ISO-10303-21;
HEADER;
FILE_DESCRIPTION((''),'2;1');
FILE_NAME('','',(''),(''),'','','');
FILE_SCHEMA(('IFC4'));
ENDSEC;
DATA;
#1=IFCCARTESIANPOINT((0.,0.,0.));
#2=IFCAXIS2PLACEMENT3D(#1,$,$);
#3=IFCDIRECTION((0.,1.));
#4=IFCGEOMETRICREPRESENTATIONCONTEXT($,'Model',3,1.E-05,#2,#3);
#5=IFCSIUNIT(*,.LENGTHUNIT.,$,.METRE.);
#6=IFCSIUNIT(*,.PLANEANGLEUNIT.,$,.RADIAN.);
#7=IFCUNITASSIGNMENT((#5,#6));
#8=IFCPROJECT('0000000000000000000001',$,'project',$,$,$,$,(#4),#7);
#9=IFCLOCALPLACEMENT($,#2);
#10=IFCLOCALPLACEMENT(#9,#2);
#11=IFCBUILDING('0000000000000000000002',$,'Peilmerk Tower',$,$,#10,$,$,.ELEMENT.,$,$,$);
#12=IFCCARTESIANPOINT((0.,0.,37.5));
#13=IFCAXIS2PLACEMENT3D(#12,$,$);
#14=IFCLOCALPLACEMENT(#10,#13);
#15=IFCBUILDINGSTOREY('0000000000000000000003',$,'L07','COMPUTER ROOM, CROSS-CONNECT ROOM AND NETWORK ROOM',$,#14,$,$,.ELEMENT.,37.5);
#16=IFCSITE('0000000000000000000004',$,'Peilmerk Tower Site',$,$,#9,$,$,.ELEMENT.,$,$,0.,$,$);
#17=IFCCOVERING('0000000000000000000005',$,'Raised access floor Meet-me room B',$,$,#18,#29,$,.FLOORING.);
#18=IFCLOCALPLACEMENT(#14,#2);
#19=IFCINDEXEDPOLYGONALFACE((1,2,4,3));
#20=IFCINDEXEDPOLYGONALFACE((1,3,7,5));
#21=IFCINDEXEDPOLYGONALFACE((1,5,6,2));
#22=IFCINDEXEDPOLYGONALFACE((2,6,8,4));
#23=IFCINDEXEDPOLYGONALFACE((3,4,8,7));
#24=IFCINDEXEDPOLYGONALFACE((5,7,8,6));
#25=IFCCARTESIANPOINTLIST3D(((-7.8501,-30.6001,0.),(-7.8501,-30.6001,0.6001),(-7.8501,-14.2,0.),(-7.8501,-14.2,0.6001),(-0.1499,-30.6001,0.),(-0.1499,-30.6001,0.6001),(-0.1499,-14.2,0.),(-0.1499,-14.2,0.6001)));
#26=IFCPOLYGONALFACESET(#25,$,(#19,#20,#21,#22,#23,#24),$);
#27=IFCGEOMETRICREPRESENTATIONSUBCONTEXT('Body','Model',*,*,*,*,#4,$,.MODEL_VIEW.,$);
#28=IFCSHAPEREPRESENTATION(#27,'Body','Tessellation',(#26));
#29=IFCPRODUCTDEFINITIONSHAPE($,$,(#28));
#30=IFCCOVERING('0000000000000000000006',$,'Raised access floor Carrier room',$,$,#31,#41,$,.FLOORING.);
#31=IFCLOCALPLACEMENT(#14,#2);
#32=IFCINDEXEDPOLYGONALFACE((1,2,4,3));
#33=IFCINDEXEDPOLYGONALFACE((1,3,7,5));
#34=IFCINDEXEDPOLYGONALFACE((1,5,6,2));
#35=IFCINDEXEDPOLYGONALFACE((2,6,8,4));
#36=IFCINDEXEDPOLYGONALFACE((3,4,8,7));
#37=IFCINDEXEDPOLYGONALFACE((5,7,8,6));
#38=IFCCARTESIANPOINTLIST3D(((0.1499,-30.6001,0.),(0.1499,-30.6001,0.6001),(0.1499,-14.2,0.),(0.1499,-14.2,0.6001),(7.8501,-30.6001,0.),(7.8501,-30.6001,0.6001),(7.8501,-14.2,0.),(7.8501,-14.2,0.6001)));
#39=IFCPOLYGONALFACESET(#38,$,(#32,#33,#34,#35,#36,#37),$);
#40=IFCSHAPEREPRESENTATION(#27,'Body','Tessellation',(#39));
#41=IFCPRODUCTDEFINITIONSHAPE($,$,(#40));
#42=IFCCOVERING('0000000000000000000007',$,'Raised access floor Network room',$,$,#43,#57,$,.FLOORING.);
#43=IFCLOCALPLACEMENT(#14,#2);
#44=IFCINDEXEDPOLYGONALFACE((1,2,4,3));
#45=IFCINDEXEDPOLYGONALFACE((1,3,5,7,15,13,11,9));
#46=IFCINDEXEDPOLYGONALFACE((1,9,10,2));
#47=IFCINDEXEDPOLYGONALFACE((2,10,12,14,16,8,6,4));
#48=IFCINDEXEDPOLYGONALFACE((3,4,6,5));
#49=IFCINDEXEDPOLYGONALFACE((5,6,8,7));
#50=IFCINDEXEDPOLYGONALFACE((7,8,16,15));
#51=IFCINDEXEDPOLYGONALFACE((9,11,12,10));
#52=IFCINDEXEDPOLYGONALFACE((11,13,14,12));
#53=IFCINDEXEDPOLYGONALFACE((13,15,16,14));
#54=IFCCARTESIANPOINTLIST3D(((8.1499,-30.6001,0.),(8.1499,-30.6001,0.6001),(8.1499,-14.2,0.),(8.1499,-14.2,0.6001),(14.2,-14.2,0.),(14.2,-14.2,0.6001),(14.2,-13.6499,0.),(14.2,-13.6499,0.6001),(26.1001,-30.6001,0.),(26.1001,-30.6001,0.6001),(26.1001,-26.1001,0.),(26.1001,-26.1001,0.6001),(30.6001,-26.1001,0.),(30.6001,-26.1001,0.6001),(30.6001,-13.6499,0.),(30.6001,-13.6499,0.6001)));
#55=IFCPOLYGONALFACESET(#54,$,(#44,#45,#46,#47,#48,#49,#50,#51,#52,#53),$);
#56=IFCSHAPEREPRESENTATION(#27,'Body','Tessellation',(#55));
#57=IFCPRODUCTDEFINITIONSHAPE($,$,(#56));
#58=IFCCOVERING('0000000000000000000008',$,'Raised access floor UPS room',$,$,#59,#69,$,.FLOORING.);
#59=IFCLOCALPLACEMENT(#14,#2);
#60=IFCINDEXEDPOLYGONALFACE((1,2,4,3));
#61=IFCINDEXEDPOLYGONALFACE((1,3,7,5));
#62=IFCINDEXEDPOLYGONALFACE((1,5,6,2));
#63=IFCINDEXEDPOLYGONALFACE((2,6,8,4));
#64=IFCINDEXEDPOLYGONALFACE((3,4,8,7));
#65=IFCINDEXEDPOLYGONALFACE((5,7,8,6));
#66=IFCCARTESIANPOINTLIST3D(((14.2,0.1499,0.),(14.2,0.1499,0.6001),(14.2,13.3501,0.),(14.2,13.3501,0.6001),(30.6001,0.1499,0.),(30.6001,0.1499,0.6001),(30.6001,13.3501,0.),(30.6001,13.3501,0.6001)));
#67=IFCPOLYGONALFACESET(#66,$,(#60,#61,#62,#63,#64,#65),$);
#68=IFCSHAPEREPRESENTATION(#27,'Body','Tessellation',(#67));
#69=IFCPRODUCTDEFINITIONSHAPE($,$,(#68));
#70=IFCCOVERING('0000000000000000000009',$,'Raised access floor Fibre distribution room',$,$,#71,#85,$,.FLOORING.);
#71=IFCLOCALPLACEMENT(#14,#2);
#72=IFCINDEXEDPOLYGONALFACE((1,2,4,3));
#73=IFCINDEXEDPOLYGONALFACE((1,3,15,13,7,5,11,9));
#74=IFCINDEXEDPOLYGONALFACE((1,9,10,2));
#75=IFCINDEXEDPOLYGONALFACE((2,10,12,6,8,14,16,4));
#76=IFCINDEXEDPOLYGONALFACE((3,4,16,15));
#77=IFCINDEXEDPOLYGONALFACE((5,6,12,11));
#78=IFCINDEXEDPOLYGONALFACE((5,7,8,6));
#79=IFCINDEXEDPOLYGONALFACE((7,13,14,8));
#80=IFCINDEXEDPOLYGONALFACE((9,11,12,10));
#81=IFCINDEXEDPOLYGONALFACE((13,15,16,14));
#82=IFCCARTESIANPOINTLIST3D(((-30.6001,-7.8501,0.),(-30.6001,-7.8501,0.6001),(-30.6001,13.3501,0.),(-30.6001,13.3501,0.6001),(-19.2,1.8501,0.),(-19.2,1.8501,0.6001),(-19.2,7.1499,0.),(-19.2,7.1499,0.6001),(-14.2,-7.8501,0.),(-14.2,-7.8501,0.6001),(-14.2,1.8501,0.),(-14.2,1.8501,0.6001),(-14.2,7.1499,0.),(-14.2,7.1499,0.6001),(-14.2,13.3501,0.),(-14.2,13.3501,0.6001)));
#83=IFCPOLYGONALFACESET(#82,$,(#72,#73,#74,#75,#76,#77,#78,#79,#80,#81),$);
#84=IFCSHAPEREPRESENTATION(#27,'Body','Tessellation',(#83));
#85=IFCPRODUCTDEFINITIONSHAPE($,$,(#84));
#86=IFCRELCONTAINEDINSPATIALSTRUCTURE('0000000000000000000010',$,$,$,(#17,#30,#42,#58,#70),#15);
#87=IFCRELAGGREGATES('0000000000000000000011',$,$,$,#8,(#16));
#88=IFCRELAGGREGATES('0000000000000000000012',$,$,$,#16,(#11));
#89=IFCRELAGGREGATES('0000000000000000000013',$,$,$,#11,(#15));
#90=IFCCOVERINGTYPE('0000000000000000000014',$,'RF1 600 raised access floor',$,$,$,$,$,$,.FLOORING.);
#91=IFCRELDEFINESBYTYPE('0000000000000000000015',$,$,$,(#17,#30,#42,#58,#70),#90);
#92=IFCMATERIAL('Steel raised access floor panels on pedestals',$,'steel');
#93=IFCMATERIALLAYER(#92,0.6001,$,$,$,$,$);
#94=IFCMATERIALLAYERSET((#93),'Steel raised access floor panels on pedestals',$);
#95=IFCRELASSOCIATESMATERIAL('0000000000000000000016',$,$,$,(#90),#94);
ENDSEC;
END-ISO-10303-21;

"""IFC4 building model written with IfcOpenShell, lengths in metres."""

from ifc_helpers import new_model, si_unit, direction, frame, origin, place, context, subcontext, project, spatial, polyline, outline, extrude, material, layer, layer_set, type_object, element, save


model = new_model("IFC4")

# Units and contexts
model_context = context("Model", 3, precision=1e-05, world=origin(), true_north=direction((0.0, 1.0)))
body_context = subcontext(model_context, "Body", "Model", "MODEL_VIEW")
ifc_project = project(units=[si_unit("LENGTHUNIT", "METRE"), si_unit("PLANEANGLEUNIT", "RADIAN")], contexts=[model_context])

# Site, building, storey
site_placement = place(None, origin())
site = spatial("IfcSite", under=ifc_project, at=site_placement, Name="Peilmerk Tower Site", CompositionType="ELEMENT", RefElevation=0.0)
building_placement = place(site_placement, origin())
building = spatial("IfcBuilding", under=site, at=building_placement, Name="Peilmerk Tower", CompositionType="ELEMENT")
storey_placement = place(building_placement, frame((0.0, 0.0, 37.5)))
storey = spatial("IfcBuildingStorey", under=building, at=storey_placement, Name="L07", Description="COMPUTER ROOM, CROSS-CONNECT ROOM AND NETWORK ROOM", CompositionType="ELEMENT", Elevation=37.5)

# Coverings
ifc_material_1 = material(Name="Steel raised access floor panels on pedestals", Category="steel")
ifc_layer_1 = layer(ifc_material_1, 0.6001)
ifc_layer_set_1 = layer_set([ifc_layer_1], Name="Steel raised access floor panels on pedestals")
covering_type_1 = type_object("IfcCoveringType", Name="RF1 600 raised access floor", PredefinedType="FLOORING", material=ifc_layer_set_1)
covering_1_placement = place(storey_placement, origin())
element("IfcCovering", 1, at=covering_1_placement, inside=storey, type_object=covering_type_1, Name="Raised access floor Meet-me room B", PredefinedType="FLOORING", context=body_context, shape_type="SweptSolid", body=[
    extrude(outline(polyline([(-7.8501, -30.6001), (-0.1499, -30.6001), (-0.1499, -14.2), (-7.8501, -14.2), (-7.8501, -30.6001)])), origin(), (0.0, 0.0, 1.0), 0.6001),
])
covering_2_placement = place(storey_placement, origin())
element("IfcCovering", 2, at=covering_2_placement, inside=storey, type_object=covering_type_1, Name="Raised access floor Carrier room", PredefinedType="FLOORING", context=body_context, shape_type="SweptSolid", body=[
    extrude(outline(polyline([(0.1499, -30.6001), (7.8501, -30.6001), (7.8501, -14.2), (0.1499, -14.2), (0.1499, -30.6001)])), origin(), (0.0, 0.0, 1.0), 0.6001),
])
covering_3_placement = place(storey_placement, origin())
element("IfcCovering", 3, at=covering_3_placement, inside=storey, type_object=covering_type_1, Name="Raised access floor Network room", PredefinedType="FLOORING", context=body_context, shape_type="SweptSolid", body=[
    extrude(outline(polyline([(8.1499, -30.6001), (26.1001, -30.6001), (26.1001, -26.1001), (30.6001, -26.1001), (30.6001, -13.6499), (14.2, -13.6499), (14.2, -14.2), (8.1499, -14.2), (8.1499, -30.6001)])), origin(), (0.0, 0.0, 1.0), 0.6001),
])
covering_4_placement = place(storey_placement, origin())
element("IfcCovering", 4, at=covering_4_placement, inside=storey, type_object=covering_type_1, Name="Raised access floor UPS room", PredefinedType="FLOORING", context=body_context, shape_type="SweptSolid", body=[
    extrude(outline(polyline([(30.6001, 0.1499), (30.6001, 13.3501), (14.2, 13.3501), (14.2, 0.1499), (30.6001, 0.1499)])), origin(), (0.0, 0.0, 1.0), 0.6001),
])
covering_5_placement = place(storey_placement, origin())
element("IfcCovering", 5, at=covering_5_placement, inside=storey, type_object=covering_type_1, Name="Raised access floor Fibre distribution room", PredefinedType="FLOORING", context=body_context, shape_type="SweptSolid", body=[
    extrude(outline(polyline([(-14.2, 13.3501), (-30.6001, 13.3501), (-30.6001, -7.8501), (-14.2, -7.8501), (-14.2, 1.8501), (-19.2, 1.8501), (-19.2, 7.1499), (-14.2, 7.1499), (-14.2, 13.3501)])), origin(), (0.0, 0.0, 1.0), 0.6001),
])

save(model, "model.ifc")
